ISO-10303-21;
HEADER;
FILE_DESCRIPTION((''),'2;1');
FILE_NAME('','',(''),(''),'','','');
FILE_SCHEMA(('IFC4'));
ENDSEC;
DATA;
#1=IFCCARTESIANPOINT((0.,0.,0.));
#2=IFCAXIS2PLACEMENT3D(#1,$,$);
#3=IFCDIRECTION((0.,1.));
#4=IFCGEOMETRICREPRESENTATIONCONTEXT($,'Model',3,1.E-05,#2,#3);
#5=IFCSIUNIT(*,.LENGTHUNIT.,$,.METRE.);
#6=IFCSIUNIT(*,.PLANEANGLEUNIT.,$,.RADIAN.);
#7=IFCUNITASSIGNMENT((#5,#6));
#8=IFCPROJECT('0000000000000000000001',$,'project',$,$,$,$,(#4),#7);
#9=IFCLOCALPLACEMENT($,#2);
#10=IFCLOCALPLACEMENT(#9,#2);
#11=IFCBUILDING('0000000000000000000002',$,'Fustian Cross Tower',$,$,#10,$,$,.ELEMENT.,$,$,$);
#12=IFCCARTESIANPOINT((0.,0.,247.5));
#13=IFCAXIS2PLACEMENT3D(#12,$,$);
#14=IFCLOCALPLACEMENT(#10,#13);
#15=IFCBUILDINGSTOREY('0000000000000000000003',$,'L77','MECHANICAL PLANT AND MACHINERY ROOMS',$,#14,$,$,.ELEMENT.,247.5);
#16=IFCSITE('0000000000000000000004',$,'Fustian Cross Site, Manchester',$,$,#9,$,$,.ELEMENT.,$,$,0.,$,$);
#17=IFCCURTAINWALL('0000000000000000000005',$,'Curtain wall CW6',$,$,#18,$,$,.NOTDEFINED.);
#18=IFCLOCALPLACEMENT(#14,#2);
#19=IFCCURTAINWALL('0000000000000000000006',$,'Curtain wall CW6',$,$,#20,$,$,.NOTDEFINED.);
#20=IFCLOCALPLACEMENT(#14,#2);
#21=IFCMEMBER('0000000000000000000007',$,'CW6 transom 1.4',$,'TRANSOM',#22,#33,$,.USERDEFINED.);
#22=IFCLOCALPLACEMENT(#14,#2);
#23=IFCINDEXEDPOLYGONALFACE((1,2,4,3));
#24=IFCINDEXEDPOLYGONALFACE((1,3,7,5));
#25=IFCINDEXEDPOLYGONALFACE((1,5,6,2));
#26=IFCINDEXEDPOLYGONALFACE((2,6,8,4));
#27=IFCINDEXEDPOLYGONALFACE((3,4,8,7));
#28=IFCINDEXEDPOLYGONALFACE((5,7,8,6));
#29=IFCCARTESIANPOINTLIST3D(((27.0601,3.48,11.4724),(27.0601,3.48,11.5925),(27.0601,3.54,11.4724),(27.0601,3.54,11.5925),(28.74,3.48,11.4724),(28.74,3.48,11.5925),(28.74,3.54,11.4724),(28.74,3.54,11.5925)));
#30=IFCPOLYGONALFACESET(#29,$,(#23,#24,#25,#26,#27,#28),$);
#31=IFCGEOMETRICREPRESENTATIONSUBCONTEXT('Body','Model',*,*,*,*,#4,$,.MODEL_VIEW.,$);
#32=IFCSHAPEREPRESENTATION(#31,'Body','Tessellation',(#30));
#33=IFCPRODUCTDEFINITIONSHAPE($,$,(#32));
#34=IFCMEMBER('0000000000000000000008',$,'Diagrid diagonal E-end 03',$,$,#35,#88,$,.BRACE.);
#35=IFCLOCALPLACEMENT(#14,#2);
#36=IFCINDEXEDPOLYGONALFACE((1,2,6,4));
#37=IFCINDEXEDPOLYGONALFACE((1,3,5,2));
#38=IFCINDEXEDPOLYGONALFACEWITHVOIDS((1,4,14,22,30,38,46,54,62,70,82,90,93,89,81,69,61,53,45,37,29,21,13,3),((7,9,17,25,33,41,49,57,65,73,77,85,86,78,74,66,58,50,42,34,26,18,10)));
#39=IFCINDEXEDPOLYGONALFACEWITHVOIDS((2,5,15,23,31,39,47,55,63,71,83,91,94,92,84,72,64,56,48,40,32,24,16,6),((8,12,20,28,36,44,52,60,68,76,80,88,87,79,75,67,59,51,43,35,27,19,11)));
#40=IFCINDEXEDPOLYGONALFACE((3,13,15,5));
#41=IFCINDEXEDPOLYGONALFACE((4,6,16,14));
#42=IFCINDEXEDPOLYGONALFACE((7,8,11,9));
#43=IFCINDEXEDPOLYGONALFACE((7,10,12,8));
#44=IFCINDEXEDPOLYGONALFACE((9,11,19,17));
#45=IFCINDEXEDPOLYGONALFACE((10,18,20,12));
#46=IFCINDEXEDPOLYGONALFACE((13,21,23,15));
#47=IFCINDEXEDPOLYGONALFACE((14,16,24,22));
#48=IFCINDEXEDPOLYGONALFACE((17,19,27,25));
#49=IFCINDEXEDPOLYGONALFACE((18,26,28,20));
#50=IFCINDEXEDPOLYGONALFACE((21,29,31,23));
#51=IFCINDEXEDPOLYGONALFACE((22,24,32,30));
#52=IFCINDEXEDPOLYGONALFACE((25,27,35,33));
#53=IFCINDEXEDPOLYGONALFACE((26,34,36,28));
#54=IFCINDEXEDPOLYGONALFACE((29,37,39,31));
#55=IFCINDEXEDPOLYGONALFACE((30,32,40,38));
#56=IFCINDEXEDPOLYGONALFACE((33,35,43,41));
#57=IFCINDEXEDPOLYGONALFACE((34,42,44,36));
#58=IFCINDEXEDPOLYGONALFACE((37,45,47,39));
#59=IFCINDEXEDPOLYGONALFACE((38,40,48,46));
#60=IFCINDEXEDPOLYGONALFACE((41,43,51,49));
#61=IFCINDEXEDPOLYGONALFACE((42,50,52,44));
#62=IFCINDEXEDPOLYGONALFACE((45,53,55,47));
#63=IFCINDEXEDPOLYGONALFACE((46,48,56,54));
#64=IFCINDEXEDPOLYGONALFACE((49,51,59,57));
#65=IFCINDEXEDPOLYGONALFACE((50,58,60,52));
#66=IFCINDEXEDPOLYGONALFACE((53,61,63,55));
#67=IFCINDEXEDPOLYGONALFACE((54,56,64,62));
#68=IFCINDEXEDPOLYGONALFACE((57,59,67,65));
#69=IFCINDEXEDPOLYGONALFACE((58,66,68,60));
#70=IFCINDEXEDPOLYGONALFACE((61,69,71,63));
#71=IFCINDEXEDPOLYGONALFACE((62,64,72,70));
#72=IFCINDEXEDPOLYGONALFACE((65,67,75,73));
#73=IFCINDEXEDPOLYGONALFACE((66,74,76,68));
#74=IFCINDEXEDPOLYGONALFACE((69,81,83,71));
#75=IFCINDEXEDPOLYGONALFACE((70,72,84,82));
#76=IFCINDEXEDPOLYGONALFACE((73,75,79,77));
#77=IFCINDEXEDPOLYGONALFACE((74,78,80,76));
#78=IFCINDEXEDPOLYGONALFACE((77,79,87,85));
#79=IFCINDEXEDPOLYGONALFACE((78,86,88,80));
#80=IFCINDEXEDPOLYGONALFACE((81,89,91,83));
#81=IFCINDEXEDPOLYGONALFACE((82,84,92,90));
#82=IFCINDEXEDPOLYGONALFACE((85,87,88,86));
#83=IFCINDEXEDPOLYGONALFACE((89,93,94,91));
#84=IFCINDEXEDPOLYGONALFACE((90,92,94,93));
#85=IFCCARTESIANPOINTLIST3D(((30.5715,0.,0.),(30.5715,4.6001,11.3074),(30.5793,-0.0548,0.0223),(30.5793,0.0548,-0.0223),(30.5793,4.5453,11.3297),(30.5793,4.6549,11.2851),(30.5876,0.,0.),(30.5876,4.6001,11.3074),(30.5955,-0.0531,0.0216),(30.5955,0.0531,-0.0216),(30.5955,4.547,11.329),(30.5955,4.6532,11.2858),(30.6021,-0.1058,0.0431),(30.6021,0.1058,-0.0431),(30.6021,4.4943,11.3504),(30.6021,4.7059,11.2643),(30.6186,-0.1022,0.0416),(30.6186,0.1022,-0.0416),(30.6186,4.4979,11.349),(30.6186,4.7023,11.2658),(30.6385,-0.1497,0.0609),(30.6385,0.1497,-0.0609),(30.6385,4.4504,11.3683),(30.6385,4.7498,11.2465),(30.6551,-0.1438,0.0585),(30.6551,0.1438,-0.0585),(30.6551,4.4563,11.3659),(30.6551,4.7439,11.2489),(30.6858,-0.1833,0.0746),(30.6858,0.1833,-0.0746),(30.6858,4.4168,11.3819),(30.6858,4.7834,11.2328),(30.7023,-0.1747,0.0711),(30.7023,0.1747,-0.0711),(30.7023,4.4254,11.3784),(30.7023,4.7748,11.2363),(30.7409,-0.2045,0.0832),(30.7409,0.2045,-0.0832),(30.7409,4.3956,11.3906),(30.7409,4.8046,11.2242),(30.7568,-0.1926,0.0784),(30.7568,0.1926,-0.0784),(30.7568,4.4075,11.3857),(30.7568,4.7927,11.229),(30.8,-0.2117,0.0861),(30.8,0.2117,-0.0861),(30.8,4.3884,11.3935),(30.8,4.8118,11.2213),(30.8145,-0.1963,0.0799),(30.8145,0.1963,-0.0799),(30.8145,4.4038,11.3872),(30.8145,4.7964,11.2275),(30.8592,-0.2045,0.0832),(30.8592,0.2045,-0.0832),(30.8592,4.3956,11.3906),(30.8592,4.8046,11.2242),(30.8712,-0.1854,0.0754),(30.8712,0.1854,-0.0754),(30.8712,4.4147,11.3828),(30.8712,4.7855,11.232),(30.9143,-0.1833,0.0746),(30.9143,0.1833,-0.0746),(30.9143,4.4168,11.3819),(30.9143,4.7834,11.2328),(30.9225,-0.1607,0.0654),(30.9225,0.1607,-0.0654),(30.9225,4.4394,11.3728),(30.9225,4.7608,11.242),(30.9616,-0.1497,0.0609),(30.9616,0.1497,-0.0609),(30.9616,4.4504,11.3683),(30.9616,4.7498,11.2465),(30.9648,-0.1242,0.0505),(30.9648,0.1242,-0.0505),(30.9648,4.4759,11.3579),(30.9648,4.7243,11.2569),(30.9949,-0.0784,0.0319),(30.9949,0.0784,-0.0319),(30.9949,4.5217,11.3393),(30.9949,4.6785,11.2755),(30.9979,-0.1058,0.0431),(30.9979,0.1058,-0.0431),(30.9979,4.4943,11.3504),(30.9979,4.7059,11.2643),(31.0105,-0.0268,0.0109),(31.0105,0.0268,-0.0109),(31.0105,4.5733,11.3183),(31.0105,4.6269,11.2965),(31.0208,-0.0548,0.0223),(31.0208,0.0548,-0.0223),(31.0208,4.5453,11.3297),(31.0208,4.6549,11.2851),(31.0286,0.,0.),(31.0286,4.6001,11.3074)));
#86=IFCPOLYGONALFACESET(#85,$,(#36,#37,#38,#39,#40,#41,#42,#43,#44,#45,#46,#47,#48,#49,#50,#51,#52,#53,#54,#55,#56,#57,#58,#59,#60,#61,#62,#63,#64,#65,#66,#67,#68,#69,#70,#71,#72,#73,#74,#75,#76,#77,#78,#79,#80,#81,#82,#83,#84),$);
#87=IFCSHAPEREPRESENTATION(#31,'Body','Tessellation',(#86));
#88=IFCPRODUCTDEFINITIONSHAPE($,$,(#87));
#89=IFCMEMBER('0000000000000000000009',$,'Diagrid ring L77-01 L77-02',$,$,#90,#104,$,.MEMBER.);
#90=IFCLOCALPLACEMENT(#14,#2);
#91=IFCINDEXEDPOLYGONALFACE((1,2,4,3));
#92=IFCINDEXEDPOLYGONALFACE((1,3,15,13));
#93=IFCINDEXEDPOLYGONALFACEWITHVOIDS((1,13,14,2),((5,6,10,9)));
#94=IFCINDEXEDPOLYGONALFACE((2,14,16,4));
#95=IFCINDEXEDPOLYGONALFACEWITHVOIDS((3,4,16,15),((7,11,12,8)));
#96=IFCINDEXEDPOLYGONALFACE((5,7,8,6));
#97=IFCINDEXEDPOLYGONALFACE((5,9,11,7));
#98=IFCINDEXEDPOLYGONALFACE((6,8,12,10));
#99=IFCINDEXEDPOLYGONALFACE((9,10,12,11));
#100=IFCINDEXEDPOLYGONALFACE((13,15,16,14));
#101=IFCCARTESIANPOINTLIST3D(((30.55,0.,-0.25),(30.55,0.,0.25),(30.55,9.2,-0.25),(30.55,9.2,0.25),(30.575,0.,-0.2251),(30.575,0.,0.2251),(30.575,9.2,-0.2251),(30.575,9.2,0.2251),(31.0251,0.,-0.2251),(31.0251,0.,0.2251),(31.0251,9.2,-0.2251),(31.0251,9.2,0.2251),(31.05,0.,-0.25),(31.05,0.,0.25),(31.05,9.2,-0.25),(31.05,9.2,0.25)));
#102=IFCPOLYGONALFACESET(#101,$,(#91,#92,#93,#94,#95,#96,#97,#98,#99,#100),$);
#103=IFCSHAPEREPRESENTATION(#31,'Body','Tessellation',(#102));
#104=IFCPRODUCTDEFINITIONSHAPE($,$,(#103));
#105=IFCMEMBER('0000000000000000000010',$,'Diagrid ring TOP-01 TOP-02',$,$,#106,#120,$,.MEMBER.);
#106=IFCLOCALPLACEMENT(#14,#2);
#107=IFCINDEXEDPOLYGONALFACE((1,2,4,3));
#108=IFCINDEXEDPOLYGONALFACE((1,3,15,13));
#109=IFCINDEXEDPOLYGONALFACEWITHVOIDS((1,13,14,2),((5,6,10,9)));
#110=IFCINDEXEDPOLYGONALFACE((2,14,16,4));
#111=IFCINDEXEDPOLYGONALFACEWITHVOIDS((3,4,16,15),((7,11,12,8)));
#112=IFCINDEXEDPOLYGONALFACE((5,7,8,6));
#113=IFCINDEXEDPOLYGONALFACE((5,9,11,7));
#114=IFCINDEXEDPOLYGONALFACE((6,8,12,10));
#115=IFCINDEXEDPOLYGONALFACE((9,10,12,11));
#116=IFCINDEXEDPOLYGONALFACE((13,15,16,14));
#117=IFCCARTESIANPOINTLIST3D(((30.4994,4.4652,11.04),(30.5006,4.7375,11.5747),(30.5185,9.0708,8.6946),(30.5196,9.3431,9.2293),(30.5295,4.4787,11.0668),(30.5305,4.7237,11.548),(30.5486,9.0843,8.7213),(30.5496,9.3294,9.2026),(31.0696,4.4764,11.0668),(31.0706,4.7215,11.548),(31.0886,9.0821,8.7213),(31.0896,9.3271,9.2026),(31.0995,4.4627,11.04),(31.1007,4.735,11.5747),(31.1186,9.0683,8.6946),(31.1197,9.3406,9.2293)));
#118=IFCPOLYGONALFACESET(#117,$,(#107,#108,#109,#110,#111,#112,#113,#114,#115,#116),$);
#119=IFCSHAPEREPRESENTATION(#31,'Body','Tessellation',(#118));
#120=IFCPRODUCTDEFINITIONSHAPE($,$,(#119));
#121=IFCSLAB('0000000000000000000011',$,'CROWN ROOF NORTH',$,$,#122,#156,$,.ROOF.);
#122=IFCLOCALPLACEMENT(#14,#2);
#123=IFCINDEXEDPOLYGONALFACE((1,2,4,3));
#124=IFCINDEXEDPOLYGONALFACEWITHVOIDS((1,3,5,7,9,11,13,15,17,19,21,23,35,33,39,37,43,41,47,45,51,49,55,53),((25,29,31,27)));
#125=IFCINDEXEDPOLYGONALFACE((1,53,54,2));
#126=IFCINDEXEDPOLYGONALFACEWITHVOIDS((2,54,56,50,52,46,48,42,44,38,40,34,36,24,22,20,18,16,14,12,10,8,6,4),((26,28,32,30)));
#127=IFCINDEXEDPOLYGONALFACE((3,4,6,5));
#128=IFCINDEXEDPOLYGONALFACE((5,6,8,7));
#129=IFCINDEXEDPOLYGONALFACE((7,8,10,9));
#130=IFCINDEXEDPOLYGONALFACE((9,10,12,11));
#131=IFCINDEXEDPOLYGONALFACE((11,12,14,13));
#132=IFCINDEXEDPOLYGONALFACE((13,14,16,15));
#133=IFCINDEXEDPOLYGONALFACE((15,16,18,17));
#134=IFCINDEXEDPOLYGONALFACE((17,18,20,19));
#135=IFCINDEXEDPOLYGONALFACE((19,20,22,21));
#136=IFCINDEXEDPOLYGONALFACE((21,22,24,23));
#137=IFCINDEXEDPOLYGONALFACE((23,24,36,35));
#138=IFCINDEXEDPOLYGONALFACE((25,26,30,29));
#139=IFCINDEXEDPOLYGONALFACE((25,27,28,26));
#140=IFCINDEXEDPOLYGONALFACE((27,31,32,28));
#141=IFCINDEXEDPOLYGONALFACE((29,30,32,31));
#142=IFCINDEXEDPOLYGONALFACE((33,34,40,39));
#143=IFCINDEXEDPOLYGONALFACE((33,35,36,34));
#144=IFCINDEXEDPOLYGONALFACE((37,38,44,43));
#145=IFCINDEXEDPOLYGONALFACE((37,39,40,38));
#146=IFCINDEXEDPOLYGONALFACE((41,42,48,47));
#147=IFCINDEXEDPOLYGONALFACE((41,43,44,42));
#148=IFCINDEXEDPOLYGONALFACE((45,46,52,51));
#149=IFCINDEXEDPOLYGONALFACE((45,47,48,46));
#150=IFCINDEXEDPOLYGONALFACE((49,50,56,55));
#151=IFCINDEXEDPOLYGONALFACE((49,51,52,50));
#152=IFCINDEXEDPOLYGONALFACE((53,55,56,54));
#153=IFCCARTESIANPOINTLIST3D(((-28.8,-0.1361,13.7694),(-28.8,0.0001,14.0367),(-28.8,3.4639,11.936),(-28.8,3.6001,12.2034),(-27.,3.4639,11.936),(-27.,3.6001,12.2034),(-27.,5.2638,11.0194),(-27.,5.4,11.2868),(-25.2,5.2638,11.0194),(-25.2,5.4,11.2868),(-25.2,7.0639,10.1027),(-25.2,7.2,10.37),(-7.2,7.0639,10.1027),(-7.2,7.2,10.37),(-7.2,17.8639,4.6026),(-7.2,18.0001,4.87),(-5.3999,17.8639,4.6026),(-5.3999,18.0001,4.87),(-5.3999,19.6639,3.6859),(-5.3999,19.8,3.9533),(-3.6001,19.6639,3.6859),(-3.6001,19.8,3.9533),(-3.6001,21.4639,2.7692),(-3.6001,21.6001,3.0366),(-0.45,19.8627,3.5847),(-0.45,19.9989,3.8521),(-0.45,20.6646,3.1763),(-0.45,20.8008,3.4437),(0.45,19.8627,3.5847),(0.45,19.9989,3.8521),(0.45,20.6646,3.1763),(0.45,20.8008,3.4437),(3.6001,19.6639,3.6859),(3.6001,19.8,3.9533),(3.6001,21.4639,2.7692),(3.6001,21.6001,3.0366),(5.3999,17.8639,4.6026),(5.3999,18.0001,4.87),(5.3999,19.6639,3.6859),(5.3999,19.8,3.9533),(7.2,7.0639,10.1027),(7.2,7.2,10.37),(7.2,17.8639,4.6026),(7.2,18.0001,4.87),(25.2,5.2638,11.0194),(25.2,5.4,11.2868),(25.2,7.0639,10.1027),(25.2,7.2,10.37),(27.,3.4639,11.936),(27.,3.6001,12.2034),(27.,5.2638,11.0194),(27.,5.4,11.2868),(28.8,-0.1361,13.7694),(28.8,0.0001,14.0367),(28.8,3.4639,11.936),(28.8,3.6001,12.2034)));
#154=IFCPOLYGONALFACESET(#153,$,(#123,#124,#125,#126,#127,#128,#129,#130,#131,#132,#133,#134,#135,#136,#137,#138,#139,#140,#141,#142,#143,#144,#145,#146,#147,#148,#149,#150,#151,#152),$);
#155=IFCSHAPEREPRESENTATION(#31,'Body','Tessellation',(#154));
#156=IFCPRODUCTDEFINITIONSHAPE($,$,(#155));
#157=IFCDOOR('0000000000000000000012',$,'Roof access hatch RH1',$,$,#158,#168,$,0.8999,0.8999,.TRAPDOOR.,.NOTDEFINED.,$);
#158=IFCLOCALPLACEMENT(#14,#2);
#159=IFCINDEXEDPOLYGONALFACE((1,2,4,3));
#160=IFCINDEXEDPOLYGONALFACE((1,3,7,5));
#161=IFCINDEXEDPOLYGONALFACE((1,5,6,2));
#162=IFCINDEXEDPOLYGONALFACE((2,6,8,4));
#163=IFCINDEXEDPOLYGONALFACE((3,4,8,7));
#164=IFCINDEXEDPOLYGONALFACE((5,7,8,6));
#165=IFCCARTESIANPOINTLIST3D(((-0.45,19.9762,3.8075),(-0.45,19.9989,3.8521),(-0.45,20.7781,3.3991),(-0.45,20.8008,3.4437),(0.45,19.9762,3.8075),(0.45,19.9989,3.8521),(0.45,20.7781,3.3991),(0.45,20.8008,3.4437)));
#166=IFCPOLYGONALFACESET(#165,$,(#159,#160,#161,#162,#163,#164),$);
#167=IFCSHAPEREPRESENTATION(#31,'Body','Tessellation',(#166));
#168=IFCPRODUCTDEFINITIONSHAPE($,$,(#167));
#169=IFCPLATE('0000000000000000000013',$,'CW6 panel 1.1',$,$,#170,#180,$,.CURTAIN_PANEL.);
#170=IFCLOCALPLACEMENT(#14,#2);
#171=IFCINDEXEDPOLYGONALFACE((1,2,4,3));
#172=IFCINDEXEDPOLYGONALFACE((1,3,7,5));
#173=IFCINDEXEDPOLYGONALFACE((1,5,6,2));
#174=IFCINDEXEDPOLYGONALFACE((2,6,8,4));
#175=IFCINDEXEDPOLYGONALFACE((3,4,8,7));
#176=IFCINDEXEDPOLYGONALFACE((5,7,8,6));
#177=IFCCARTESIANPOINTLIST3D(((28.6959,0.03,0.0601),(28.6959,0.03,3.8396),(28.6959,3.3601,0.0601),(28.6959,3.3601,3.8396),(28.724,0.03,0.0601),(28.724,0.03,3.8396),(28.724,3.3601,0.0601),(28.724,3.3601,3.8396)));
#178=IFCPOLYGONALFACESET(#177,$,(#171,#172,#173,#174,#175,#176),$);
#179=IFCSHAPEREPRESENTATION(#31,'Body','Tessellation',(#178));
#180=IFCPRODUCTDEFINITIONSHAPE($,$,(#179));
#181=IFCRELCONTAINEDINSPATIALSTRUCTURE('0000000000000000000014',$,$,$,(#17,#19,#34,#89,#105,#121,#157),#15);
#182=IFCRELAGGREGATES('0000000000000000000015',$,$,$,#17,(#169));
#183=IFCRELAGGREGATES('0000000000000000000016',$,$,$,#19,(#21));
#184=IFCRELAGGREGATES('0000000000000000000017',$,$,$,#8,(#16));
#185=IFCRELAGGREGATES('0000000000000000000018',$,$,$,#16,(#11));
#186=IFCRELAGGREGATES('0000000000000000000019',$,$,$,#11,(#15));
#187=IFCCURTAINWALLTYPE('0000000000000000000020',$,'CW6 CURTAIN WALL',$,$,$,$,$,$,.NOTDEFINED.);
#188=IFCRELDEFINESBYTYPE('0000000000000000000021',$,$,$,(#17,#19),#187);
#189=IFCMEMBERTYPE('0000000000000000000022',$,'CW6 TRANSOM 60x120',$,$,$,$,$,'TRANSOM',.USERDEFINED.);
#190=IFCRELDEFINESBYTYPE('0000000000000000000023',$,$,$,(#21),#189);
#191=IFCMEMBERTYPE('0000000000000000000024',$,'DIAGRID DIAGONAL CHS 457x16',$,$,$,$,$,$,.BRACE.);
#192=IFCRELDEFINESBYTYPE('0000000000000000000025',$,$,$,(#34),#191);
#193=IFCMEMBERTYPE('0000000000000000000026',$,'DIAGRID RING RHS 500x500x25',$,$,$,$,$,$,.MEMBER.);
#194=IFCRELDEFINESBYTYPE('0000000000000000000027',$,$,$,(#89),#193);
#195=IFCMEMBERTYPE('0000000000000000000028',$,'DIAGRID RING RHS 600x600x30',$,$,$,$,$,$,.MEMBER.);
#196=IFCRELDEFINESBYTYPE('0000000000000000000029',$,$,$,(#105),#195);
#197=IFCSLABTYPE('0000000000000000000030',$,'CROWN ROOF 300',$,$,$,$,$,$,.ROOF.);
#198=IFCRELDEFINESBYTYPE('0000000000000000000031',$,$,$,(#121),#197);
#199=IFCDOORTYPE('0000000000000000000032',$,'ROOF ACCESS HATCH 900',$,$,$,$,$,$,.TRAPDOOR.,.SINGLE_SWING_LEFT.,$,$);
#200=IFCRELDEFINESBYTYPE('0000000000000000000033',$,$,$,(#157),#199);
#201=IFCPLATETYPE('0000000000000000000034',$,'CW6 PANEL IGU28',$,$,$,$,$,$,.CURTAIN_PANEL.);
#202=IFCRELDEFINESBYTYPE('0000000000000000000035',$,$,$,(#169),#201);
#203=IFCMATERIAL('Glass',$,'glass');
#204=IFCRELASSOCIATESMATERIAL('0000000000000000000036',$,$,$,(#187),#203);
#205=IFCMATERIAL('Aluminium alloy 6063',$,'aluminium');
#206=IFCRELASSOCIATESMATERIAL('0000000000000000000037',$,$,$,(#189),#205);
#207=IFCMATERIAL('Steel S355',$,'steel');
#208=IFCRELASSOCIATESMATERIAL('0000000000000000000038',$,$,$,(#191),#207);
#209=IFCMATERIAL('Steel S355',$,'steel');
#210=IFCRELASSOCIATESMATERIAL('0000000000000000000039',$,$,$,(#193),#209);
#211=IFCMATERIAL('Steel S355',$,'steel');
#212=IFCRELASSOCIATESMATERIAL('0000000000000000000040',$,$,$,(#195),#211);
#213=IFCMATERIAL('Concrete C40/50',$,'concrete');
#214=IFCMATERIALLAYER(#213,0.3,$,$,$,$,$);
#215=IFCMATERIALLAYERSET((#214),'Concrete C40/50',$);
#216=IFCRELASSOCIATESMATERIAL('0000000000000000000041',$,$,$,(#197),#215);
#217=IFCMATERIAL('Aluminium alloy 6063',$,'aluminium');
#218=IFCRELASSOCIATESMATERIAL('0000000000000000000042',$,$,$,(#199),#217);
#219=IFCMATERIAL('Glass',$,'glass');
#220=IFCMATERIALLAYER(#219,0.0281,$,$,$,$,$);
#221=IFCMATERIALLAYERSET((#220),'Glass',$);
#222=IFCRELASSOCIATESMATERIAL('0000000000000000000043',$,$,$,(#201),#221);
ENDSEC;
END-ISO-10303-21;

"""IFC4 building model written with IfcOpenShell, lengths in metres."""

from ifc_helpers import new_model, si_unit, direction, frame, frame_2d, origin, origin_2d, place, context, subcontext, project, spatial, polyline, rectangle, hollow_rectangle, hollow_circle, outline, extrude, material, layer, layer_set, material_profile, profile_set, type_object, element, fill, aggregate, save


model = new_model("IFC4")

# Units and contexts
model_context = context("Model", 3, precision=1e-05, world=origin(), true_north=direction((0.0, 1.0)))
body_context = subcontext(model_context, "Body", "Model", "MODEL_VIEW")
ifc_project = project(units=[si_unit("LENGTHUNIT", "METRE"), si_unit("PLANEANGLEUNIT", "RADIAN")], contexts=[model_context])

# Site, building, storey
site_placement = place(None, origin())
site = spatial("IfcSite", under=ifc_project, at=site_placement, Name="Fustian Cross Site, Manchester", CompositionType="ELEMENT", RefElevation=0.0)
building_placement = place(site_placement, origin())
building = spatial("IfcBuilding", under=site, at=building_placement, Name="Fustian Cross Tower", CompositionType="ELEMENT")
storey_placement = place(building_placement, frame((0.0, 0.0, 247.5)))
storey = spatial("IfcBuildingStorey", under=building, at=storey_placement, Name="L77", Description="MECHANICAL PLANT AND MACHINERY ROOMS", CompositionType="ELEMENT", Elevation=247.5)

# Curtain wall
ifc_material_1 = material(Name="Glass", Category="glass")
curtain_wall_type = type_object("IfcCurtainWallType", Name="CW6 CURTAIN WALL", PredefinedType="NOTDEFINED", material=ifc_material_1)
curtain_wall_1_placement = place(storey_placement, origin())
curtain_wall_1 = element("IfcCurtainWall", 1, at=curtain_wall_1_placement, inside=storey, type_object=curtain_wall_type, Name="Curtain wall CW6", PredefinedType="NOTDEFINED")

# Curtain wall
curtain_wall_2_placement = place(storey_placement, origin())
curtain_wall_2 = element("IfcCurtainWall", 2, at=curtain_wall_2_placement, inside=storey, type_object=curtain_wall_type, Name="Curtain wall CW6", PredefinedType="NOTDEFINED")

# Member
ifc_material_2 = material(Name="Aluminium alloy 6063", Category="aluminium")
ifc_material_profile_1 = material_profile(ifc_material_2, rectangle(XDim=0.0601, YDim=0.1201, at=origin_2d()), Name="CW6 TRANSOM 60x120")
ifc_profile_set_1 = profile_set([ifc_material_profile_1], Name="Aluminium alloy 6063")
member_type_1 = type_object("IfcMemberType", Name="CW6 TRANSOM 60x120", ElementType="TRANSOM", PredefinedType="USERDEFINED", material=ifc_profile_set_1)
member_1_placement = place(storey_placement, frame((28.74, 3.51, 11.5325), z_axis=(-1.0, 0.0, 0.0), x_axis=(0.0, -1.0, 0.0)))
member_1 = element("IfcMember", 3, at=member_1_placement, type_object=member_type_1, Name="CW6 transom 1.4", ObjectType="TRANSOM", PredefinedType="USERDEFINED", context=body_context, shape_type="SweptSolid", body=[
    extrude(rectangle(XDim=0.0601, YDim=0.1201, at=origin_2d()), origin(), (0.0, 0.0, 1.0), 1.6799),
])

# Members
ifc_material_3 = material(Name="Steel S355", Category="steel")
ifc_material_profile_2 = material_profile(ifc_material_3, hollow_circle(Radius=0.2285, WallThickness=0.0161, at=origin_2d()), Name="CHS 457x16")
ifc_profile_set_2 = profile_set([ifc_material_profile_2], Name="Steel S355")
member_type_2 = type_object("IfcMemberType", Name="DIAGRID DIAGONAL CHS 457x16", PredefinedType="BRACE", material=ifc_profile_set_2)
member_2_placement = place(storey_placement, frame((30.8, 0.0, 0.0), z_axis=(0.0, 0.376832, 0.926281), x_axis=(-1.0, 0.0, 0.0)))
element("IfcMember", 4, at=member_2_placement, inside=storey, type_object=member_type_2, Name="Diagrid diagonal E-end 03", PredefinedType="BRACE", context=body_context, shape_type="SweptSolid", body=[
    extrude(hollow_circle(Radius=0.2285, WallThickness=0.0161, at=origin_2d()), origin(), (0.0, 0.0, 1.0), 12.2073),
])
ifc_material_4 = material(Name="Steel S355", Category="steel")
ifc_material_profile_3 = material_profile(ifc_material_4, hollow_rectangle(XDim=0.5, YDim=0.5, WallThickness=0.0249, at=origin_2d()), Name="RHS 500x500x25")
ifc_profile_set_3 = profile_set([ifc_material_profile_3], Name="Steel S355")
member_type_3 = type_object("IfcMemberType", Name="DIAGRID RING RHS 500x500x25", PredefinedType="MEMBER", material=ifc_profile_set_3)
member_3_placement = place(storey_placement, frame((30.8, 0.0, 0.0), z_axis=(0.0, 1.0, 0.0), x_axis=(-1.0, 0.0, 0.0)))
element("IfcMember", 5, at=member_3_placement, inside=storey, type_object=member_type_3, Name="Diagrid ring L77-01 L77-02", PredefinedType="MEMBER", context=body_context, shape_type="SweptSolid", body=[
    extrude(hollow_rectangle(XDim=0.5, YDim=0.5, WallThickness=0.0249, at=origin_2d()), origin(), (0.0, 0.0, 1.0), 9.2),
])
ifc_material_5 = material(Name="Steel S355", Category="steel")
ifc_material_profile_4 = material_profile(ifc_material_5, hollow_rectangle(XDim=0.6001, YDim=0.6001, WallThickness=0.03, at=origin_2d()), Name="RHS 600x600x30")
ifc_profile_set_4 = profile_set([ifc_material_profile_4], Name="Steel S355")
member_type_4 = type_object("IfcMemberType", Name="DIAGRID RING RHS 600x600x30", PredefinedType="MEMBER", material=ifc_profile_set_4)
member_4_placement = place(storey_placement, frame((30.8, 4.6001, 11.3074), z_axis=(0.003684, 0.8911, -0.453792), x_axis=(-0.999991, 0.004135, 0.0)))
element("IfcMember", 6, at=member_4_placement, inside=storey, type_object=member_type_4, Name="Diagrid ring TOP-01 TOP-02", PredefinedType="MEMBER", context=body_context, shape_type="SweptSolid", body=[
    extrude(hollow_rectangle(XDim=0.6001, YDim=0.6001, WallThickness=0.03, at=origin_2d()), origin(), (0.0, 0.0, 1.0), 5.1685),
])

# Slab, opening, door
ifc_material_6 = material(Name="Concrete C40/50", Category="concrete")
ifc_layer_1 = layer(ifc_material_6, 0.3)
ifc_layer_set_1 = layer_set([ifc_layer_1], Name="Concrete C40/50")
slab_type = type_object("IfcSlabType", Name="CROWN ROOF 300", PredefinedType="ROOF", material=ifc_layer_set_1)
slab_placement = place(storey_placement, frame((28.8, 3.6001, 12.2034), z_axis=(0.0, 0.453806, 0.891101), x_axis=(-1.0, 0.0, 0.0)))
slab = element("IfcSlab", 7, at=slab_placement, inside=storey, type_object=slab_type, Name="CROWN ROOF NORTH", PredefinedType="ROOF", context=body_context, shape_type="SweptSolid", body=[
    extrude(outline(polyline([(0.0, 0.0), (1.8, 0.0), (1.8, -2.0198), (3.6001, -2.0198), (3.6001, -4.0399), (7.2, -4.0399), (21.6001, -4.0399), (21.6001, -16.1597), (23.4001, -16.1597), (23.4001, -18.1797), (25.2, -18.1797), (25.2, -20.1997), (32.4001, -20.1997), (32.4001, -18.1797), (34.2, -18.1797), (34.2, -16.1597), (36.0, -16.1597), (36.0, -4.0399), (50.4001, -4.0399), (54.0, -4.0399), (54.0, -2.0198), (55.8, -2.0198), (55.8, 0.0), (57.6001, 0.0), (57.6001, 4.04), (0.0, 4.04), (0.0, 0.0)])), origin(), (0.0, 0.0, -1.0), 0.3),
])
opening_placement = place(slab_placement, frame((28.8, -18.8528, 0.02)))
opening = element("IfcOpeningElement", 8, at=opening_placement, cuts=slab, PredefinedType="OPENING", context=body_context, shape_type="SweptSolid", body=[
    extrude(rectangle(XDim=0.8999, YDim=0.8999, at=frame_2d((0.0, 0.0), x_axis=(-1.0, 0.0))), origin(), (0.0, 0.0, -1.0), 0.3401),
])
ifc_material_7 = material(Name="Aluminium alloy 6063", Category="aluminium")
door_type = type_object("IfcDoorType", Name="ROOF ACCESS HATCH 900", OperationType="SINGLE_SWING_LEFT", PredefinedType="TRAPDOOR", material=ifc_material_7)
door_placement = place(opening_placement, frame((0.0, 0.0, -0.0701)))
door = element("IfcDoor", 9, at=door_placement, inside=storey, type_object=door_type, Name="Roof access hatch RH1", OperationType="NOTDEFINED", OverallHeight=0.8999, OverallWidth=0.8999, PredefinedType="TRAPDOOR", context=body_context, shape_type="SweptSolid", body=[
    extrude(rectangle(XDim=0.8999, YDim=0.8999, at=frame_2d((0.0, 0.0), x_axis=(-1.0, 0.0))), origin(), (0.0, 0.0, 1.0), 0.05),
])
fill(opening, door)

# Plate
ifc_material_8 = material(Name="Glass", Category="glass")
ifc_layer_2 = layer(ifc_material_8, 0.0281)
ifc_layer_set_2 = layer_set([ifc_layer_2], Name="Glass")
plate_type = type_object("IfcPlateType", Name="CW6 PANEL IGU28", PredefinedType="CURTAIN_PANEL", material=ifc_layer_set_2)
plate_1_placement = place(storey_placement, frame((28.71, 1.6951, 0.0601), z_axis=(0.0, 0.0, 1.0), x_axis=(0.0, 1.0, 0.0)))
plate_1 = element("IfcPlate", 10, at=plate_1_placement, type_object=plate_type, Name="CW6 panel 1.1", PredefinedType="CURTAIN_PANEL", context=body_context, shape_type="SweptSolid", body=[
    extrude(rectangle(XDim=3.3301, YDim=0.0281, at=origin_2d()), origin(), (0.0, 0.0, 1.0), 3.7795),
])
aggregate(curtain_wall_1, [plate_1])
aggregate(curtain_wall_2, [member_1])

save(model, "model.ifc")
